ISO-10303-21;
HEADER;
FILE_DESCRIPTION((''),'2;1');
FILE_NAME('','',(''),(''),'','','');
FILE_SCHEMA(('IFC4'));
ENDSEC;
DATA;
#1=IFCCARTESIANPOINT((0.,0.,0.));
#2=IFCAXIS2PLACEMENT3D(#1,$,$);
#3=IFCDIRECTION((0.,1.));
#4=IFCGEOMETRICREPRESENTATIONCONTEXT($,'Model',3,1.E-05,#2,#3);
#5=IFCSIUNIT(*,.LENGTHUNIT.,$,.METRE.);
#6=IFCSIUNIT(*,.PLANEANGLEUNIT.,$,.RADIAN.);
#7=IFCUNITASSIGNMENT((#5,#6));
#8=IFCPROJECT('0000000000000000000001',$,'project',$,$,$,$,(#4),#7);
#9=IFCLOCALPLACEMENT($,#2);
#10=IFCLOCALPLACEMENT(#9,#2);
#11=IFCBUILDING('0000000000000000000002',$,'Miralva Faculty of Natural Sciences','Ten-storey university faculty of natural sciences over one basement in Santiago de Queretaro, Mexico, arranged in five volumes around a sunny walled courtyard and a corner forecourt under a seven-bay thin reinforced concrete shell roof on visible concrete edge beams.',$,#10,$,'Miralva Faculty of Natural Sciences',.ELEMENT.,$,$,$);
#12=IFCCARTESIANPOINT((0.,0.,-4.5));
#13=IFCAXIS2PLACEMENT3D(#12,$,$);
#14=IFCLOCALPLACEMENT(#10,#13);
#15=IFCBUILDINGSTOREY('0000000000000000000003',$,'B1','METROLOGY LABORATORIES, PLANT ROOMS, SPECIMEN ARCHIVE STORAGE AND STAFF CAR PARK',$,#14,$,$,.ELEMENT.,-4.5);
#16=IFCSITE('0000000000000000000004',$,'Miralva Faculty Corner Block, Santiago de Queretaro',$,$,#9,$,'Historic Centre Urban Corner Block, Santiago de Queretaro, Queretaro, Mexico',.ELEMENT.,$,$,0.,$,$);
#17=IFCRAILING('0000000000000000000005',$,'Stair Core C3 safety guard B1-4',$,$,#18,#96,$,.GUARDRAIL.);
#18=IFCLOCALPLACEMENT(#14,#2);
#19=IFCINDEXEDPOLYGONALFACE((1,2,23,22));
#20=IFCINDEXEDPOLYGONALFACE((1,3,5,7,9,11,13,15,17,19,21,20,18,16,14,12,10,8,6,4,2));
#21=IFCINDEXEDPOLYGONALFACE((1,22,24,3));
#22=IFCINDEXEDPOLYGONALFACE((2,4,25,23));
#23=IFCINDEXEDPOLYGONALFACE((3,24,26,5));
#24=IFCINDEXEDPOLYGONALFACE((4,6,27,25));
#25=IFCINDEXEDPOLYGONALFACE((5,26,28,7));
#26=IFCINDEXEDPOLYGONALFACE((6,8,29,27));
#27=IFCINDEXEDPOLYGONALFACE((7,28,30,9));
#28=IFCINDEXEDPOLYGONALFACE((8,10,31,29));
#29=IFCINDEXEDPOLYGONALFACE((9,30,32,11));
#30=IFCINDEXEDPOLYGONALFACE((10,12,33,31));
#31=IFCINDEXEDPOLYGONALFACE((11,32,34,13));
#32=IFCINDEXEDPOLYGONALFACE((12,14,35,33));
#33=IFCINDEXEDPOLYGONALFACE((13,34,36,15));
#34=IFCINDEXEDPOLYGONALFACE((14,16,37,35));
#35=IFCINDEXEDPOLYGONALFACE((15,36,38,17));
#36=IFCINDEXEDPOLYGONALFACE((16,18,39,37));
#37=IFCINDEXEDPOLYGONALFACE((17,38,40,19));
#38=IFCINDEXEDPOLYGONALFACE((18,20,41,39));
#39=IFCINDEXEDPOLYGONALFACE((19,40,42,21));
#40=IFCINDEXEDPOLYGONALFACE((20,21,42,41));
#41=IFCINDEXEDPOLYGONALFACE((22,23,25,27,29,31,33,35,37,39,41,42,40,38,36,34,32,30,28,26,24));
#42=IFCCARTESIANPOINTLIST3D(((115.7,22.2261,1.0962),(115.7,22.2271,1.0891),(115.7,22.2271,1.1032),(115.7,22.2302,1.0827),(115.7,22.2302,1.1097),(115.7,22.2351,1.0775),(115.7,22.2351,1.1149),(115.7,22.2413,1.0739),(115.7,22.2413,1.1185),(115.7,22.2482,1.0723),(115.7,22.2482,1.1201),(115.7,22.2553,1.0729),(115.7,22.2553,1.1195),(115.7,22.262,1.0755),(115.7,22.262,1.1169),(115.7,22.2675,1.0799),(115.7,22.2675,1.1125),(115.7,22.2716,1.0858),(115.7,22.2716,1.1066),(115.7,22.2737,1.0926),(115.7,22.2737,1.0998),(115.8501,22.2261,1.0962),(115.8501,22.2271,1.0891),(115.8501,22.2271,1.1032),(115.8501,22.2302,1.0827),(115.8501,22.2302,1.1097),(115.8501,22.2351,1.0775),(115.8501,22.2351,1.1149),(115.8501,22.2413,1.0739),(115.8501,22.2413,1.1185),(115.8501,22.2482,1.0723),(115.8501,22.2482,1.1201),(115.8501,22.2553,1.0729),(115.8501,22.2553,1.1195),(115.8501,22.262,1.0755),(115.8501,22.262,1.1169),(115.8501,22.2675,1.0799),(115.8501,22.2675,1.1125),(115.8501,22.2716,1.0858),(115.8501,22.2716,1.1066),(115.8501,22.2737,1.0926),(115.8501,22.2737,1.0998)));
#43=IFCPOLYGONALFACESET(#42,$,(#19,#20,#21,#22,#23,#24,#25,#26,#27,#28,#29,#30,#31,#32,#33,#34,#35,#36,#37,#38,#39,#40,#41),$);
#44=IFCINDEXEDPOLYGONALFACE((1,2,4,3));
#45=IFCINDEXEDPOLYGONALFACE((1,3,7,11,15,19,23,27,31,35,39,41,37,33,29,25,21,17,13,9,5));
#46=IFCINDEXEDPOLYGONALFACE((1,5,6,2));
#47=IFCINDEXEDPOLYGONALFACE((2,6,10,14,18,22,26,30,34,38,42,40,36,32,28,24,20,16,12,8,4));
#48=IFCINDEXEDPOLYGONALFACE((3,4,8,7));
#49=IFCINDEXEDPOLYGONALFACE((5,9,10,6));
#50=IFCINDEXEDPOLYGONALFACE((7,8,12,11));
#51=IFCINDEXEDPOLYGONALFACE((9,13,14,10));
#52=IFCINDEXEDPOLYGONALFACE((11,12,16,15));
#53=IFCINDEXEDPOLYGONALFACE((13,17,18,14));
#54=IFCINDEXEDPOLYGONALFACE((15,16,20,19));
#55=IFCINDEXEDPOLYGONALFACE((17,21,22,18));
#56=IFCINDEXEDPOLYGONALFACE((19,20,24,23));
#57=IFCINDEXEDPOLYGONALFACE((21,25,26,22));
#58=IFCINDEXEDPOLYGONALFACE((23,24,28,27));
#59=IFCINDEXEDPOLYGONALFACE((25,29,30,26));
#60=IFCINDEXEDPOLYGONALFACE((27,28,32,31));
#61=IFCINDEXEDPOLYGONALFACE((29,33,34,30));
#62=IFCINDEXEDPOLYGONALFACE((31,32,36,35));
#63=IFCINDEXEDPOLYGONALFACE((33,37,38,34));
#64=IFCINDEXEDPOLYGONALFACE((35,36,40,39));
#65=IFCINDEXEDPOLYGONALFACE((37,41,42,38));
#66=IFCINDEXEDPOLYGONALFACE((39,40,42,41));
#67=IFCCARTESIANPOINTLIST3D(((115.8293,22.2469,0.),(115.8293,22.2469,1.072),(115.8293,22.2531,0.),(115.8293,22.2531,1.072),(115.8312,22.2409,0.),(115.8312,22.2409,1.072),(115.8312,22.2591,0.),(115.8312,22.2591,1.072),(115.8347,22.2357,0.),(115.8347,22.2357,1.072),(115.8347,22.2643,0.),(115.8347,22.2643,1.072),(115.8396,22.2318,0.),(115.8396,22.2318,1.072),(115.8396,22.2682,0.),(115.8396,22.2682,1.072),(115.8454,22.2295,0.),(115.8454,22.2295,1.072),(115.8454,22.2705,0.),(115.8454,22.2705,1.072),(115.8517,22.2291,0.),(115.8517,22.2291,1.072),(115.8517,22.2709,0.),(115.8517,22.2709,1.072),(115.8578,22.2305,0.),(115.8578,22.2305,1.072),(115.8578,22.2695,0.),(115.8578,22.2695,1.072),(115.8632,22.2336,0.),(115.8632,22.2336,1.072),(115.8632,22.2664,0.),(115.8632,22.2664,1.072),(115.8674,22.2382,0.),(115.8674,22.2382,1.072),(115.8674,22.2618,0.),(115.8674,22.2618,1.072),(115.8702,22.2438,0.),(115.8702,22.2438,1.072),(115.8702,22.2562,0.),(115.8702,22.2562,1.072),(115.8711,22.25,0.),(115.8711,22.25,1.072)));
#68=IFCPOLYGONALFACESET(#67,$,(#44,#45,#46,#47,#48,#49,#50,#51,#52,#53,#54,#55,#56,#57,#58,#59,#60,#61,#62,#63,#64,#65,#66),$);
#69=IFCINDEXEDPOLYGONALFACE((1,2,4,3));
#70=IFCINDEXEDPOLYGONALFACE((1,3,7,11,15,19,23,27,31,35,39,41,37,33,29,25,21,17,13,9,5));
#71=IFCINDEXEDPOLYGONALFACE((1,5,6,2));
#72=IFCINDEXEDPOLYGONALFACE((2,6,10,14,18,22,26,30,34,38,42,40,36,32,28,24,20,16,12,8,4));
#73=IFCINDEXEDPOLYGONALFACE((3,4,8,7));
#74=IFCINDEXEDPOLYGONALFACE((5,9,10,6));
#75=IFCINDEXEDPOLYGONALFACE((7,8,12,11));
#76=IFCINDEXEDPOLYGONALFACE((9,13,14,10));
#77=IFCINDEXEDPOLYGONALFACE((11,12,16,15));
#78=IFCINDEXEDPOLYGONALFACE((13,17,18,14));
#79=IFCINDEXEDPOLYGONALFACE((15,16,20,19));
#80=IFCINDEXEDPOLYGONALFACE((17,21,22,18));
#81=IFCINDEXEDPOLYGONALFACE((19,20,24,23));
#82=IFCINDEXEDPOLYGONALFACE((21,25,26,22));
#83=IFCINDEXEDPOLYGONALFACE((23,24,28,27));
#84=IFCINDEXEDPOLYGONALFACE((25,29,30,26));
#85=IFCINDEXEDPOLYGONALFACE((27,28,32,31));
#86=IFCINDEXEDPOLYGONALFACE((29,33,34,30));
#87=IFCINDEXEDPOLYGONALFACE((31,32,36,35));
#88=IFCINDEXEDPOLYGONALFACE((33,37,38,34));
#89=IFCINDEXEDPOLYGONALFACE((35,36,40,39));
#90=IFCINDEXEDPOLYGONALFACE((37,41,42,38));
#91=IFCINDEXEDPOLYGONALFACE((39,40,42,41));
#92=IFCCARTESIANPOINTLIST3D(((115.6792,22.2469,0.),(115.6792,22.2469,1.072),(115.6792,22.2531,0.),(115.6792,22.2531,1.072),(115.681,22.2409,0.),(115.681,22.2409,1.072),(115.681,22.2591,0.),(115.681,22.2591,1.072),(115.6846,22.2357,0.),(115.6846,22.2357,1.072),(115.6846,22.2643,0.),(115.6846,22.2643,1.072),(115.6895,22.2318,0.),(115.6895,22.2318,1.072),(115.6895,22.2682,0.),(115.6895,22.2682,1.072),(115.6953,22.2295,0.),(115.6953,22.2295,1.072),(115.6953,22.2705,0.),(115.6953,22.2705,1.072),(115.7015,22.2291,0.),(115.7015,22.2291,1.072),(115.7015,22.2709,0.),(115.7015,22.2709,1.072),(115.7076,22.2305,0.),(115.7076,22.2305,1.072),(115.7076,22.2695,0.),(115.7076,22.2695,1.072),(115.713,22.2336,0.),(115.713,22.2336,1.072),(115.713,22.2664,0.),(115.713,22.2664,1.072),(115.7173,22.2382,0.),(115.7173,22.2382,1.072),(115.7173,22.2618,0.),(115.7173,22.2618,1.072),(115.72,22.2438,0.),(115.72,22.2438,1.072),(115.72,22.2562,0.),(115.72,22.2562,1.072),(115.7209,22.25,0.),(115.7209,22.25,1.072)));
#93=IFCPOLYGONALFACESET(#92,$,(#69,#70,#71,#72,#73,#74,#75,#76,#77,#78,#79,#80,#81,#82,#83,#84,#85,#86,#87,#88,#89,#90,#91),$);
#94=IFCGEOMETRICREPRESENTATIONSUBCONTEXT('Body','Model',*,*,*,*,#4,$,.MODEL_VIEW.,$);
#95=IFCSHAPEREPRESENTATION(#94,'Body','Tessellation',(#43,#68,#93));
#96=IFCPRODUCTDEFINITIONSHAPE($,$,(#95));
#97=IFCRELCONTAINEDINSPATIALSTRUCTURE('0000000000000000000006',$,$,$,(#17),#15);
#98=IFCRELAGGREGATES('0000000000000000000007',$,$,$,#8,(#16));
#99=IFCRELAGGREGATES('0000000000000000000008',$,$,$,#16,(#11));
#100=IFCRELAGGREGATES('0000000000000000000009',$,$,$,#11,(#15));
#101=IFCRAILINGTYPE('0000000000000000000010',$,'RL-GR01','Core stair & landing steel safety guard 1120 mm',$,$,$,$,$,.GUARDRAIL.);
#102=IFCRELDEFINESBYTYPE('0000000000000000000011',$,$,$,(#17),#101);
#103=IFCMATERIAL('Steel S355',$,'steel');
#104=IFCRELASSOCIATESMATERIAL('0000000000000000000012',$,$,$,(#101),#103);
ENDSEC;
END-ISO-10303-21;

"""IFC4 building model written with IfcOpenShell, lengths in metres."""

from ifc_helpers import new_model, si_unit, direction, frame, origin, origin_2d, place, context, subcontext, project, spatial, circle, extrude, material, type_object, element, save


model = new_model("IFC4")

# Units and contexts
model_context = context("Model", 3, precision=1e-05, world=origin(), true_north=direction((0.0, 1.0)))
body_context = subcontext(model_context, "Body", "Model", "MODEL_VIEW")
ifc_project = project(units=[si_unit("LENGTHUNIT", "METRE"), si_unit("PLANEANGLEUNIT", "RADIAN")], contexts=[model_context])

# Site, building, storey
site_placement = place(None, origin())
site = spatial("IfcSite", under=ifc_project, at=site_placement, Name="Miralva Faculty Corner Block, Santiago de Queretaro", LongName="Historic Centre Urban Corner Block, Santiago de Queretaro, Queretaro, Mexico", CompositionType="ELEMENT", RefElevation=0.0)
building_placement = place(site_placement, origin())
building = spatial("IfcBuilding", under=site, at=building_placement, Name="Miralva Faculty of Natural Sciences", Description="Ten-storey university faculty of natural sciences over one basement in Santiago de Queretaro, Mexico, arranged in five volumes around a sunny walled courtyard and a corner forecourt under a seven-bay thin reinforced concrete shell roof on visible concrete edge beams.", LongName="Miralva Faculty of Natural Sciences", CompositionType="ELEMENT")
storey_placement = place(building_placement, frame((0.0, 0.0, -4.5)))
storey = spatial("IfcBuildingStorey", under=building, at=storey_placement, Name="B1", Description="METROLOGY LABORATORIES, PLANT ROOMS, SPECIMEN ARCHIVE STORAGE AND STAFF CAR PARK", CompositionType="ELEMENT", Elevation=-4.5)

# Railing
ifc_material_1 = material(Name="Steel S355", Category="steel")
railing_type_1 = type_object("IfcRailingType", Name="RL-GR01", Description="Core stair & landing steel safety guard 1120 mm", PredefinedType="GUARDRAIL", material=ifc_material_1)
railing_1_placement = place(storey_placement, frame((115.8501, 22.25, 0.0)))
element("IfcRailing", 1, at=railing_1_placement, inside=storey, type_object=railing_type_1, Name="Stair Core C3 safety guard B1-4", PredefinedType="GUARDRAIL", context=body_context, shape_type="SweptSolid", body=[
    extrude(circle(Radius=0.0239, at=origin_2d()), frame((0.0, 0.0, 1.0962), z_axis=(-1.0, 0.0, 0.0), x_axis=(0.0, -1.0, 0.0)), (0.0, 0.0, 1.0), 0.1501),
    extrude(circle(Radius=0.021, at=origin_2d()), origin(), (0.0, 0.0, 1.0), 1.072),
    extrude(circle(Radius=0.021, at=origin_2d()), frame((-0.1501, 0.0, 0.0)), (0.0, 0.0, 1.0), 1.072),
])

save(model, "model.ifc")
